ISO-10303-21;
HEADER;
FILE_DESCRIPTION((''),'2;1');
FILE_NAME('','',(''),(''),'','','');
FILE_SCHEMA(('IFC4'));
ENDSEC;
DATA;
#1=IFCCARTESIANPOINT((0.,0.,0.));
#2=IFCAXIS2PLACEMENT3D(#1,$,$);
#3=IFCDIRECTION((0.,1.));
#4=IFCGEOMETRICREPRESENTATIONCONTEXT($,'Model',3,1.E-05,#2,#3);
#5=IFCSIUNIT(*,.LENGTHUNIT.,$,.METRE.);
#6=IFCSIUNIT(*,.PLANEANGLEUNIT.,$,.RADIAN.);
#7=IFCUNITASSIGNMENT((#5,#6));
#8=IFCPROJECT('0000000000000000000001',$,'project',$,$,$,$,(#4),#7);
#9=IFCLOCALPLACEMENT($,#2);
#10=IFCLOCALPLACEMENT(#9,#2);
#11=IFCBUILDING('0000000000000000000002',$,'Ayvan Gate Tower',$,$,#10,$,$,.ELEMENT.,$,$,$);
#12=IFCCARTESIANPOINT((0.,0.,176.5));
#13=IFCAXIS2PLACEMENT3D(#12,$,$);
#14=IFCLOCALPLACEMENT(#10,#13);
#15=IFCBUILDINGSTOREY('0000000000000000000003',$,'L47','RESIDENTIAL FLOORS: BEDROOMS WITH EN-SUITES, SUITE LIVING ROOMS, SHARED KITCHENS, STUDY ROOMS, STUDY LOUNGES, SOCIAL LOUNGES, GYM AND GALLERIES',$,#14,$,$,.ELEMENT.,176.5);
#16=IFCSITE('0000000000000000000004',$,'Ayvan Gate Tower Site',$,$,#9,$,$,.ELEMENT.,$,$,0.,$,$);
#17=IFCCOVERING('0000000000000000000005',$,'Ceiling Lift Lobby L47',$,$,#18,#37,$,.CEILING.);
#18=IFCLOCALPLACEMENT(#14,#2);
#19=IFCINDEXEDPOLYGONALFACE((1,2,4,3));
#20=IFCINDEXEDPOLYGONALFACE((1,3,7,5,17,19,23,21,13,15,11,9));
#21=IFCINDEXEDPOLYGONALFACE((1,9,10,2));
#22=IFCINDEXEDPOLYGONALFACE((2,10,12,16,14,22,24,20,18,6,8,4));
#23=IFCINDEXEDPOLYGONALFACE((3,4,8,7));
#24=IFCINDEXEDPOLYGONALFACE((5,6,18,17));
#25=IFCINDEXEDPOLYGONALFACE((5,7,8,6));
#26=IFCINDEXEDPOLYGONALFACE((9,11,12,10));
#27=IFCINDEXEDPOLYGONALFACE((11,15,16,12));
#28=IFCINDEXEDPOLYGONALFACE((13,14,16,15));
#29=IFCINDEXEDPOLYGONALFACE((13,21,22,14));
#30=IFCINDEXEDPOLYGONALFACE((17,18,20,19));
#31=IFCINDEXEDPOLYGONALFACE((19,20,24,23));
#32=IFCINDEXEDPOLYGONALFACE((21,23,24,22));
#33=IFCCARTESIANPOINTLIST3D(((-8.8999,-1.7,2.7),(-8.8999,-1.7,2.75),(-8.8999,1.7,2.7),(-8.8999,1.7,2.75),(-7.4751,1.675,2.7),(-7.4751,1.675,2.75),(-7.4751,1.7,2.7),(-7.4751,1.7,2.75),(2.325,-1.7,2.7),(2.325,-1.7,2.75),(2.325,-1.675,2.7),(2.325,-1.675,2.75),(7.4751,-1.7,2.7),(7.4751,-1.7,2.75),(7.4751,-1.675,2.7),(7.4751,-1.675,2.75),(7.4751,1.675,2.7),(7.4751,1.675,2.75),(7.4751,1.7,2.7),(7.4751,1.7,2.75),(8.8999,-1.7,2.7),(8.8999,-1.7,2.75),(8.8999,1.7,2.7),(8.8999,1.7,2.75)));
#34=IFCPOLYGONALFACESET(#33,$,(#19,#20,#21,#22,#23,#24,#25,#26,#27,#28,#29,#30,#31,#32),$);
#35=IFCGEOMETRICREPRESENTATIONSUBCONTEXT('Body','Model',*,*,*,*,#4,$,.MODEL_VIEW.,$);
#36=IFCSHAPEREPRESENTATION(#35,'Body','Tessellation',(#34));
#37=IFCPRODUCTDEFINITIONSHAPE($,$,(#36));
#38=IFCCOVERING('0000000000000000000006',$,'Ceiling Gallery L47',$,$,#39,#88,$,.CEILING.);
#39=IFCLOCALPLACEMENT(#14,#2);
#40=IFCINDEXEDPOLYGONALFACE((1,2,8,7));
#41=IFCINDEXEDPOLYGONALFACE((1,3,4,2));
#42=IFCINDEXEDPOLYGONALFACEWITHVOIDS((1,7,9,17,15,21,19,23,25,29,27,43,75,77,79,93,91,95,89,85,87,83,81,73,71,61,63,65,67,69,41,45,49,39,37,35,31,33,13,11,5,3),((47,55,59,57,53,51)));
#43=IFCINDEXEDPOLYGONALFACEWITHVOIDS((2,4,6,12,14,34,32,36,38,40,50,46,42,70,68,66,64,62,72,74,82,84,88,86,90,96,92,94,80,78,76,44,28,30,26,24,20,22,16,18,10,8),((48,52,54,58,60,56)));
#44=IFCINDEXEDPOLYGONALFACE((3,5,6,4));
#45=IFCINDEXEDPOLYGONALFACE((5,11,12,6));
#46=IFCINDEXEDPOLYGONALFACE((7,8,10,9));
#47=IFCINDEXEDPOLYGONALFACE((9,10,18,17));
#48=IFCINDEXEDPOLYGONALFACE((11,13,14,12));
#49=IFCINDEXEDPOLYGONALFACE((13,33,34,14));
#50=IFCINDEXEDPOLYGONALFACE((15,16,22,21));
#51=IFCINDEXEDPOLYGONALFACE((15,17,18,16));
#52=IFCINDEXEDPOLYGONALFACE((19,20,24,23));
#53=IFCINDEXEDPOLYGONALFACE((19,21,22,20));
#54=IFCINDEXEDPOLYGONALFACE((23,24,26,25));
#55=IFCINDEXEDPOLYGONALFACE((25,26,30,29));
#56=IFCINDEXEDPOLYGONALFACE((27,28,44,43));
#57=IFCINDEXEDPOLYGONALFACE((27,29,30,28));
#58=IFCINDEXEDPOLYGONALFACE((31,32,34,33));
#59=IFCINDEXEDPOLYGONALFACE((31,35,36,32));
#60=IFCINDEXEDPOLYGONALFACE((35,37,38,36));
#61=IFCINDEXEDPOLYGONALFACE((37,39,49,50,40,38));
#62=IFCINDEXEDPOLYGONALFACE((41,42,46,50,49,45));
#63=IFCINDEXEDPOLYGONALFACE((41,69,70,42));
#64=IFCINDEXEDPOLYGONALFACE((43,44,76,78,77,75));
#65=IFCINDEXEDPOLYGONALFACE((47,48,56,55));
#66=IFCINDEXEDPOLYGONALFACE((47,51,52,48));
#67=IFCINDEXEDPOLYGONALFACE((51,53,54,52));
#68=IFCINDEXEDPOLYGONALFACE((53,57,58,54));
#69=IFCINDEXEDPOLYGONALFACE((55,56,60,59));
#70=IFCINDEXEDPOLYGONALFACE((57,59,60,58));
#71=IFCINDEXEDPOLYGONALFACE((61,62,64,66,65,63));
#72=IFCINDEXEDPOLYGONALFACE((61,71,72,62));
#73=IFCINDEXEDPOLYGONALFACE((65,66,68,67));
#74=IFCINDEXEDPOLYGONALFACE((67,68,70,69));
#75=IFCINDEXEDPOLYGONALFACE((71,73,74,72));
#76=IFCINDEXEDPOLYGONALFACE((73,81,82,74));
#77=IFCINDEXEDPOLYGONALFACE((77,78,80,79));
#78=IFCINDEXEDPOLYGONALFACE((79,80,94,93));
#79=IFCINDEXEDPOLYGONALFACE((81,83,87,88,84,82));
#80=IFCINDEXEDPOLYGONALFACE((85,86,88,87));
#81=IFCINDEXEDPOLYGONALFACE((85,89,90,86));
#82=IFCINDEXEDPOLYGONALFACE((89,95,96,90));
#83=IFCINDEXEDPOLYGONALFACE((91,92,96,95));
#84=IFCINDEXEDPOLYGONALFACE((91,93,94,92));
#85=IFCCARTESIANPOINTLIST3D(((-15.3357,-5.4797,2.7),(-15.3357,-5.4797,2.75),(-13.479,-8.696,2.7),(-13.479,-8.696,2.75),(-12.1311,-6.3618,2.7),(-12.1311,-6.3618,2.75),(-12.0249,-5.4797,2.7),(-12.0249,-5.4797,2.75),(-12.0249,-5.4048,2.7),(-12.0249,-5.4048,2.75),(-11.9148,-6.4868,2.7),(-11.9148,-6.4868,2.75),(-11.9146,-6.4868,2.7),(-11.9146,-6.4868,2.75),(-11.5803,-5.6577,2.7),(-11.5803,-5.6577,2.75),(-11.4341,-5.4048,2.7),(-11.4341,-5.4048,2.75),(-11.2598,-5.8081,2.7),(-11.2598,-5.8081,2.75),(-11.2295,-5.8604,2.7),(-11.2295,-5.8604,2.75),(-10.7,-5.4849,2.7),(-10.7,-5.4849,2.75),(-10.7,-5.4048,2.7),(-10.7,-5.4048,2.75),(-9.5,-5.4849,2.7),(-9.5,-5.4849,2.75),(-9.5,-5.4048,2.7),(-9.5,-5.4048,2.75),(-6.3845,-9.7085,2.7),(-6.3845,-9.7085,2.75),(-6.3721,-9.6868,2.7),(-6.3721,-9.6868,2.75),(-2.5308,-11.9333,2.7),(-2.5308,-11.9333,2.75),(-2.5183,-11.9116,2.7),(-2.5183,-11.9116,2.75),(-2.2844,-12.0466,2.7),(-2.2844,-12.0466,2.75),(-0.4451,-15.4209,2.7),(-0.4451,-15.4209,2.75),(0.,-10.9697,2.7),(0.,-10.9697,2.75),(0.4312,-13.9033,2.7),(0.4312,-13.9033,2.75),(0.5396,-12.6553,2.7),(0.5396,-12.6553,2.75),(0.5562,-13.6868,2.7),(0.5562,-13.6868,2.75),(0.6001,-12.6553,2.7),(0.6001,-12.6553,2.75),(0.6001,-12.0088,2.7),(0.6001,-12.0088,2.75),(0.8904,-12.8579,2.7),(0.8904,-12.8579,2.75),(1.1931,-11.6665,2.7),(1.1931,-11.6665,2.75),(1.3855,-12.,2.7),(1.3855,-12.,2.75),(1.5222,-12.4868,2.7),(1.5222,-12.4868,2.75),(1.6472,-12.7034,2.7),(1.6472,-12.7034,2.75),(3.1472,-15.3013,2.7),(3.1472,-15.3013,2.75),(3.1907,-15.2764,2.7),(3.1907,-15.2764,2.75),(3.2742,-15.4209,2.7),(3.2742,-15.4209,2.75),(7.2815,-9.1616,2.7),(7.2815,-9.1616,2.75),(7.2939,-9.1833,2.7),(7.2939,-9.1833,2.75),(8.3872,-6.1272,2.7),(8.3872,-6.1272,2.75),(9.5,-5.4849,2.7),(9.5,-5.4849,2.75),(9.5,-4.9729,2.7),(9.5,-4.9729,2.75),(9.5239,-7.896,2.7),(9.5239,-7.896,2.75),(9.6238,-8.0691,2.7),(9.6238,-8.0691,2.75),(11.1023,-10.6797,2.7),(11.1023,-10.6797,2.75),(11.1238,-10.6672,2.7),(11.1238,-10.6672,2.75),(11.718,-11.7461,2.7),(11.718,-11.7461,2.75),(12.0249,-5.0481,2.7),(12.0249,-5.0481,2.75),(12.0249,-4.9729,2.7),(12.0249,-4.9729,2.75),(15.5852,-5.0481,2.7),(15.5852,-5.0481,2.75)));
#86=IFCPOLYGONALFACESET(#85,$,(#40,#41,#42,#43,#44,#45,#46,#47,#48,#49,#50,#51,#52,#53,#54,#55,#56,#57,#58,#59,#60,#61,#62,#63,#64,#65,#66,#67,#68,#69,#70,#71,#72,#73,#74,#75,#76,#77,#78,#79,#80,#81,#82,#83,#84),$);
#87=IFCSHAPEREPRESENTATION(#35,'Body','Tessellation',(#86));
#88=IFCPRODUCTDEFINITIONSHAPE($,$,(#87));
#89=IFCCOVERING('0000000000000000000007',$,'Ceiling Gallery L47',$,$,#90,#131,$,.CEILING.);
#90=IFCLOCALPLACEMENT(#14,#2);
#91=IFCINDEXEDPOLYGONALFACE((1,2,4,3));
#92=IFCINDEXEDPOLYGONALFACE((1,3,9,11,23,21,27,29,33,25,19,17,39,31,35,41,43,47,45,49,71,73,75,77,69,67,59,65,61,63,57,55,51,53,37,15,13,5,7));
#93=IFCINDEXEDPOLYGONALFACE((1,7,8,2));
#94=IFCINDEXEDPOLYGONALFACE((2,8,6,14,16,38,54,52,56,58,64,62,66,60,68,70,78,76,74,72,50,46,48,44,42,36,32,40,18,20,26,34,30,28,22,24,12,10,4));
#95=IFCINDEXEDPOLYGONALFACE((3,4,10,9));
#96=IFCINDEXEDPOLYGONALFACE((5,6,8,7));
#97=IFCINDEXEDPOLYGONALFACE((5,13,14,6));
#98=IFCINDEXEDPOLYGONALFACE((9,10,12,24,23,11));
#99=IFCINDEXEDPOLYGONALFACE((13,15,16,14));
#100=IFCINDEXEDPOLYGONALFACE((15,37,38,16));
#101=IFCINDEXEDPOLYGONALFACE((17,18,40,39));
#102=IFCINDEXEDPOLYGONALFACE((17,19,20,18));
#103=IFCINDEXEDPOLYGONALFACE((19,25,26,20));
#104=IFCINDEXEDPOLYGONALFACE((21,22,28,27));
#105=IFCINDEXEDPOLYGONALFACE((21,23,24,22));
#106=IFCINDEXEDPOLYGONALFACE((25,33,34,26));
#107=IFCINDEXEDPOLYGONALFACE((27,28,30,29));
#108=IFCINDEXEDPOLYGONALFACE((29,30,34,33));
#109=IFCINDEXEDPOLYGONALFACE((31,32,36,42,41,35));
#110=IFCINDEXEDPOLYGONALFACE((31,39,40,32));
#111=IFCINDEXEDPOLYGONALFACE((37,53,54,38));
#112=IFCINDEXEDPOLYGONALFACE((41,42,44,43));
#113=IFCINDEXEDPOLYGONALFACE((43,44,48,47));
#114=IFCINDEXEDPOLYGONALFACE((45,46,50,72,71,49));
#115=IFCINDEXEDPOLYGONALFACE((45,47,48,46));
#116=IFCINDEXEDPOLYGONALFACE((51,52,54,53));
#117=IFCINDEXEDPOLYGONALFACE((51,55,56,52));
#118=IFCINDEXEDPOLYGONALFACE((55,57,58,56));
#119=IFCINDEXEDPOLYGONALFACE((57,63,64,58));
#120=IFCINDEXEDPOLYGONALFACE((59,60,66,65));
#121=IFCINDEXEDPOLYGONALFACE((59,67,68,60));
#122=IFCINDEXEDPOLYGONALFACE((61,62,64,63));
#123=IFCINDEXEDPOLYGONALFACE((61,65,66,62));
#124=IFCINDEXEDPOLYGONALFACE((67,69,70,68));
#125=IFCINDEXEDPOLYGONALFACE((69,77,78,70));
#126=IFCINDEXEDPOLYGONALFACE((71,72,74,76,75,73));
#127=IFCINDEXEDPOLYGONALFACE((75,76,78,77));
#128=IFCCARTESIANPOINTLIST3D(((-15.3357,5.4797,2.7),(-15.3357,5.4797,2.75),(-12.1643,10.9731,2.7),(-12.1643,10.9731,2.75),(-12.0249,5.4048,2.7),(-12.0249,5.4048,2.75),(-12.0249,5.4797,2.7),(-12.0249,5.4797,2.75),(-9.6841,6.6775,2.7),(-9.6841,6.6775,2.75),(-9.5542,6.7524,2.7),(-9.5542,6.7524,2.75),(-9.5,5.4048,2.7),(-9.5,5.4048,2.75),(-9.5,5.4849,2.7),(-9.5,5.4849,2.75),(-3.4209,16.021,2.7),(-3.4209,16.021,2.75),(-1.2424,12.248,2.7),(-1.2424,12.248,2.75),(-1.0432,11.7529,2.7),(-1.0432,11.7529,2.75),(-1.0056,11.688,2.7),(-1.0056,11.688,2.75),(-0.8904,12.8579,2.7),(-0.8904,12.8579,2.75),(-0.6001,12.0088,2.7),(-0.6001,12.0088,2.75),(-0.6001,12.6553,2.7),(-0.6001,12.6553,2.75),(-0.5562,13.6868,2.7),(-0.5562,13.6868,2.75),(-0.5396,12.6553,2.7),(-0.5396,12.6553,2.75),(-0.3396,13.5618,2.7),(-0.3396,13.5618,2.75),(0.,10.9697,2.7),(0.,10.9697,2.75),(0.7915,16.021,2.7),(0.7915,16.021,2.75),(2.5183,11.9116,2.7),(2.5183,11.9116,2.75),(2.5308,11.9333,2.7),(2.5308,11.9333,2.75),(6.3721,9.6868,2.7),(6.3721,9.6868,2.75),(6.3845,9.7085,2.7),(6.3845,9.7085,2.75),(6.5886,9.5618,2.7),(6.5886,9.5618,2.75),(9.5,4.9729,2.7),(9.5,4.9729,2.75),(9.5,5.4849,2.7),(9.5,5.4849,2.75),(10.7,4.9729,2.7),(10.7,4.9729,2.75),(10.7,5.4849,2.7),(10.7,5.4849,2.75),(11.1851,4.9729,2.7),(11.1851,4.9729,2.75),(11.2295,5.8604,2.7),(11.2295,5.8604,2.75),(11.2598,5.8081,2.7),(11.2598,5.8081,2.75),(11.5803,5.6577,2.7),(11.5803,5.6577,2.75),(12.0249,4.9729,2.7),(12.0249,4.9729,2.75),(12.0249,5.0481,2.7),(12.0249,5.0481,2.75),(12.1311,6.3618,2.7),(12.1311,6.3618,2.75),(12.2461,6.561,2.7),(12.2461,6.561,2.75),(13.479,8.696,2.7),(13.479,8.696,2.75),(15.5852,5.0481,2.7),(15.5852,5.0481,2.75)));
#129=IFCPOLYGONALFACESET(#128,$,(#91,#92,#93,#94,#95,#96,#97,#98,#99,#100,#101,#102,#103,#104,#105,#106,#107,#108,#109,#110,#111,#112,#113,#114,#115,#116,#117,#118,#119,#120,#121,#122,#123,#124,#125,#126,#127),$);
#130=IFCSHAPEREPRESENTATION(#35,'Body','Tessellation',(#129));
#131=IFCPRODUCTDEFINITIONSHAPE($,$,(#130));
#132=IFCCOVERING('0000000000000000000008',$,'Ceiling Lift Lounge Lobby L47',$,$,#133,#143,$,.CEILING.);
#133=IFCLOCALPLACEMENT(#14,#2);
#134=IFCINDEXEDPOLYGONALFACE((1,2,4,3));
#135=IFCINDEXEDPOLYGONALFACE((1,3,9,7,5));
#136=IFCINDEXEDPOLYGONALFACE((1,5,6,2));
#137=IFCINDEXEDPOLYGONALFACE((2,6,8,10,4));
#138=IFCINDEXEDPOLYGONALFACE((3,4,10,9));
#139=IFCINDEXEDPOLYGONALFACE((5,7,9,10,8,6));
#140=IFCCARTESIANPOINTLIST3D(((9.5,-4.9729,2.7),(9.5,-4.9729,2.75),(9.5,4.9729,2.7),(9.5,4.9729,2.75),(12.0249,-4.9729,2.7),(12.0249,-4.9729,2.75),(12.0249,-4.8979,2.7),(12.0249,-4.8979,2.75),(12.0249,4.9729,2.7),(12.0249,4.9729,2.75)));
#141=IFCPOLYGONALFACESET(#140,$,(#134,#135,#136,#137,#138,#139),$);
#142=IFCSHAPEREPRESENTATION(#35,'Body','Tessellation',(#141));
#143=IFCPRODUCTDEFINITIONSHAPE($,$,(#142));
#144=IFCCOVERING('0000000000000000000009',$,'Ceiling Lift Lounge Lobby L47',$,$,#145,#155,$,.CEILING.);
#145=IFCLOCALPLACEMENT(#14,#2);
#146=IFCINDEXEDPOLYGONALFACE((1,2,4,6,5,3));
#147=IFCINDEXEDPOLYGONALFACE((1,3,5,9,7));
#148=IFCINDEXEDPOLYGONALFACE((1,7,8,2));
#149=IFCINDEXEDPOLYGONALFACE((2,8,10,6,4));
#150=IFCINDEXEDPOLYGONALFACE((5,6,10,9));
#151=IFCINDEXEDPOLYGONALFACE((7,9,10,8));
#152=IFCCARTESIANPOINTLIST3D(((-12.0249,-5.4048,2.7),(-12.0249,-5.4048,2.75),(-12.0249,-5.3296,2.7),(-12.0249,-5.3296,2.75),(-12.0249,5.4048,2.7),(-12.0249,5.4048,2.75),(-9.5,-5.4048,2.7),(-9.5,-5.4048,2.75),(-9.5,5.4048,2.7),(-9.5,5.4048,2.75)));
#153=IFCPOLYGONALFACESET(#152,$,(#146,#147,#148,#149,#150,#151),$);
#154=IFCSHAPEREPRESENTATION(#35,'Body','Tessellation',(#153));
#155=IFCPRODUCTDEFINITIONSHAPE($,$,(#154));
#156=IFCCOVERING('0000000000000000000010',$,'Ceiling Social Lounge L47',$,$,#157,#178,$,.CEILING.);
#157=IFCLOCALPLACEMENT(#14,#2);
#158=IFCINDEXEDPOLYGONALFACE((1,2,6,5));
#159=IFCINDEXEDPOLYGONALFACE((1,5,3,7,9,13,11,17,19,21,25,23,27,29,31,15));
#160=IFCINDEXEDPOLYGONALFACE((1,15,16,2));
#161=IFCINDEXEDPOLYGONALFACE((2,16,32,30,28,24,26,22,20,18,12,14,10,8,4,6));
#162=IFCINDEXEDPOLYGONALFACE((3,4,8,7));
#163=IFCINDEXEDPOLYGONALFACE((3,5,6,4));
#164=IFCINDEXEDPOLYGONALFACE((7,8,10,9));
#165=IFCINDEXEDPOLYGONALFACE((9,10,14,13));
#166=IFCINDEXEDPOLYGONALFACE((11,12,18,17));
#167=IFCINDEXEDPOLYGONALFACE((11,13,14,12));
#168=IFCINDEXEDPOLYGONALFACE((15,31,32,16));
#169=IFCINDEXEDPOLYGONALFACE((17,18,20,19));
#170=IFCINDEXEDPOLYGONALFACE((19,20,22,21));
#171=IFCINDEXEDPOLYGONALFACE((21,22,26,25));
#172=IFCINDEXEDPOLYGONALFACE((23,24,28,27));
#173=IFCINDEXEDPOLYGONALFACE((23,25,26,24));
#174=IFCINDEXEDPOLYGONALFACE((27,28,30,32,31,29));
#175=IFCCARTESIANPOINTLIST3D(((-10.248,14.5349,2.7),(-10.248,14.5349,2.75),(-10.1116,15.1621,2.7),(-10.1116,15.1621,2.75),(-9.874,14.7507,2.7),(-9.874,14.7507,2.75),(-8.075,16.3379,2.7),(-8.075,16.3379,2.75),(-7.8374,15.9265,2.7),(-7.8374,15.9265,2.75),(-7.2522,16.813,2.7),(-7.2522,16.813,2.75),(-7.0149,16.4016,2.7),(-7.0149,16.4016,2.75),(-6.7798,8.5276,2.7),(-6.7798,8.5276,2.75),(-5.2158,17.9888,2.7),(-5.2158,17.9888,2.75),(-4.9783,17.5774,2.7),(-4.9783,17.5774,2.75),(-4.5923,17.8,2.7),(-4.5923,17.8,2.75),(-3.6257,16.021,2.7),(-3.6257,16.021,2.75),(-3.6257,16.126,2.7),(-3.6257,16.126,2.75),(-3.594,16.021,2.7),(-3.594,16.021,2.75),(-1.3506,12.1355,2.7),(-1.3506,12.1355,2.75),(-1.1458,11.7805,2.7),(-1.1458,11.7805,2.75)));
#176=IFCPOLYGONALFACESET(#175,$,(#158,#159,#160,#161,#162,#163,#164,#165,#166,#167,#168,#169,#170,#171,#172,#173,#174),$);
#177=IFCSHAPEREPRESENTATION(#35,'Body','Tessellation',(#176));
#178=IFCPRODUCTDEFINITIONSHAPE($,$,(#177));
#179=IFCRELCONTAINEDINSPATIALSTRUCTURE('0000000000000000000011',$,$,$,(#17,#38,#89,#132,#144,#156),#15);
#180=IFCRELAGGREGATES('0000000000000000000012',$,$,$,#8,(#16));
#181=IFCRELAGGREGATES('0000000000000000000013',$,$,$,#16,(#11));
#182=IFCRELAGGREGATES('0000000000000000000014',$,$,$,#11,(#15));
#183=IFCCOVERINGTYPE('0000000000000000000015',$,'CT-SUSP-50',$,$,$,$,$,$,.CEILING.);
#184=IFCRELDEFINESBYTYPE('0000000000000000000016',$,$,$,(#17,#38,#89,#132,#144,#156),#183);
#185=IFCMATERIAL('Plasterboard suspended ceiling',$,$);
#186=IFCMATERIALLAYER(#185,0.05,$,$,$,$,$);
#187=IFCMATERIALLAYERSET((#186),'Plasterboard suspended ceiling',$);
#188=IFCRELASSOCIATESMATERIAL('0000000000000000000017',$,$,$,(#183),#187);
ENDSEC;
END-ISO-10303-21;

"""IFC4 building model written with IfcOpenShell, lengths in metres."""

from ifc_helpers import new_model, si_unit, direction, frame, origin, place, context, subcontext, project, spatial, polyline, outline, extrude, material, layer, layer_set, type_object, element, save


model = new_model("IFC4")

# Units and contexts
model_context = context("Model", 3, precision=1e-05, world=origin(), true_north=direction((0.0, 1.0)))
body_context = subcontext(model_context, "Body", "Model", "MODEL_VIEW")
ifc_project = project(units=[si_unit("LENGTHUNIT", "METRE"), si_unit("PLANEANGLEUNIT", "RADIAN")], contexts=[model_context])

# Site, building, storey
site_placement = place(None, origin())
site = spatial("IfcSite", under=ifc_project, at=site_placement, Name="Ayvan Gate Tower Site", CompositionType="ELEMENT", RefElevation=0.0)
building_placement = place(site_placement, origin())
building = spatial("IfcBuilding", under=site, at=building_placement, Name="Ayvan Gate Tower", CompositionType="ELEMENT")
storey_placement = place(building_placement, frame((0.0, 0.0, 176.5)))
storey = spatial("IfcBuildingStorey", under=building, at=storey_placement, Name="L47", Description="RESIDENTIAL FLOORS: BEDROOMS WITH EN-SUITES, SUITE LIVING ROOMS, SHARED KITCHENS, STUDY ROOMS, STUDY LOUNGES, SOCIAL LOUNGES, GYM AND GALLERIES", CompositionType="ELEMENT", Elevation=176.5)

# Coverings
ifc_material_1 = material(Name="Plasterboard suspended ceiling")
ifc_layer_1 = layer(ifc_material_1, 0.05)
ifc_layer_set_1 = layer_set([ifc_layer_1], Name="Plasterboard suspended ceiling")
covering_type = type_object("IfcCoveringType", Name="CT-SUSP-50", PredefinedType="CEILING", material=ifc_layer_set_1)
covering_1_placement = place(storey_placement, frame((0.0, 0.0, 2.7)))
element("IfcCovering", 1, at=covering_1_placement, inside=storey, type_object=covering_type, Name="Ceiling Lift Lobby L47", PredefinedType="CEILING", context=body_context, shape_type="SweptSolid", body=[
    extrude(outline(polyline([(7.4751, -1.675), (2.325, -1.675), (2.325, -1.7), (-8.8999, -1.7), (-8.8999, 1.7), (-7.4751, 1.7), (-7.4751, 1.675), (7.4751, 1.675), (7.4751, 1.7), (8.8999, 1.7), (8.8999, -1.7), (7.4751, -1.7), (7.4751, -1.675)])), origin(), (0.0, 0.0, 1.0), 0.05),
])
covering_2_placement = place(storey_placement, frame((0.0, 0.0, 2.7)))
element("IfcCovering", 2, at=covering_2_placement, inside=storey, type_object=covering_type, Name="Ceiling Gallery L47", PredefinedType="CEILING", context=body_context, shape_type="SweptSolid", body=[
    extrude(outline(polyline([(-11.9148, -6.4868), (-12.1311, -6.3618), (-13.479, -8.696), (-15.3357, -5.4797), (-12.0249, -5.4797), (-12.0249, -5.4048), (-11.4341, -5.4048), (-11.5803, -5.6577), (-11.2295, -5.8604), (-11.2598, -5.8081), (-10.7, -5.4849), (-10.7, -5.4048), (-9.5, -5.4048), (-9.5, -5.4849), (0.0, -10.9697), (8.3872, -6.1272), (9.5, -5.4849), (9.5, -4.9729), (12.0249, -4.9729), (12.0249, -5.0481), (15.5852, -5.0481), (11.718, -11.7461), (11.1023, -10.6797), (11.1238, -10.6672), (9.6238, -8.0691), (9.5239, -7.896), (7.2939, -9.1833), (7.2815, -9.1616), (1.5222, -12.4868), (1.6472, -12.7034), (3.1472, -15.3013), (3.1907, -15.2764), (3.2742, -15.4209), (-0.4451, -15.4209), (0.4312, -13.9033), (0.5562, -13.6868), (-2.2844, -12.0466), (-2.5183, -11.9116), (-2.5308, -11.9333), (-6.3845, -9.7085), (-6.3721, -9.6868), (-11.9146, -6.4868), (-11.9148, -6.4868)]), holes=[polyline([(0.6001, -12.6553), (0.5396, -12.6553), (0.8904, -12.8579), (1.3855, -12.0), (1.1931, -11.6665), (0.6001, -12.0088), (0.6001, -12.6553)])]), origin(), (0.0, 0.0, 1.0), 0.05),
])
covering_3_placement = place(storey_placement, frame((0.0, 0.0, 2.7)))
element("IfcCovering", 3, at=covering_3_placement, inside=storey, type_object=covering_type, Name="Ceiling Gallery L47", PredefinedType="CEILING", context=body_context, shape_type="SweptSolid", body=[
    extrude(outline(polyline([(-9.5542, 6.7524), (-9.5542, 6.7524), (-1.0056, 11.688), (-1.0432, 11.7529), (-0.6001, 12.0088), (-0.6001, 12.6553), (-0.5396, 12.6553), (-0.8904, 12.8579), (-1.2424, 12.248), (-3.4209, 16.021), (0.7915, 16.021), (-0.5562, 13.6868), (-0.3396, 13.5618), (2.5183, 11.9116), (2.5308, 11.9333), (6.3845, 9.7085), (6.3721, 9.6868), (6.5886, 9.5618), (12.1311, 6.3618), (12.2461, 6.561), (13.479, 8.696), (15.5852, 5.0481), (12.0249, 5.0481), (12.0249, 4.9729), (11.1851, 4.9729), (11.5803, 5.6577), (11.2295, 5.8604), (11.2598, 5.8081), (10.7, 5.4849), (10.7, 4.9729), (9.5, 4.9729), (9.5, 5.4849), (0.0, 10.9697), (-9.5, 5.4849), (-9.5, 5.4048), (-12.0249, 5.4048), (-12.0249, 5.4797), (-15.3357, 5.4797), (-12.1643, 10.9731), (-9.6841, 6.6775), (-9.5542, 6.7524)])), origin(), (0.0, 0.0, 1.0), 0.05),
])
covering_4_placement = place(storey_placement, frame((0.0, 0.0, 2.7)))
element("IfcCovering", 4, at=covering_4_placement, inside=storey, type_object=covering_type, Name="Ceiling Lift Lounge Lobby L47", PredefinedType="CEILING", context=body_context, shape_type="SweptSolid", body=[
    extrude(outline(polyline([(12.0249, -4.9729), (9.5, -4.9729), (9.5, 4.9729), (12.0249, 4.9729), (12.0249, -4.8979), (12.0249, -4.8979), (12.0249, -4.9729)])), origin(), (0.0, 0.0, 1.0), 0.05),
])
covering_5_placement = place(storey_placement, frame((0.0, 0.0, 2.7)))
element("IfcCovering", 5, at=covering_5_placement, inside=storey, type_object=covering_type, Name="Ceiling Lift Lounge Lobby L47", PredefinedType="CEILING", context=body_context, shape_type="SweptSolid", body=[
    extrude(outline(polyline([(-12.0249, -5.3296), (-12.0249, 5.4048), (-9.5, 5.4048), (-9.5, -5.4048), (-12.0249, -5.4048), (-12.0249, -5.3296)])), origin(), (0.0, 0.0, 1.0), 0.05),
])
covering_6_placement = place(storey_placement, frame((0.0, 0.0, 2.7)))
element("IfcCovering", 6, at=covering_6_placement, inside=storey, type_object=covering_type, Name="Ceiling Social Lounge L47", PredefinedType="CEILING", context=body_context, shape_type="SweptSolid", body=[
    extrude(outline(polyline([(-10.248, 14.5349), (-9.874, 14.7507), (-10.1116, 15.1621), (-8.075, 16.3379), (-7.8374, 15.9265), (-7.0149, 16.4016), (-7.2522, 16.813), (-5.2158, 17.9888), (-4.9783, 17.5774), (-4.5923, 17.8), (-3.6257, 16.126), (-3.6257, 16.021), (-3.594, 16.021), (-1.3506, 12.1355), (-1.1458, 11.7805), (-6.7798, 8.5276), (-10.248, 14.5349)])), origin(), (0.0, 0.0, 1.0), 0.05),
])

save(model, "model.ifc")
